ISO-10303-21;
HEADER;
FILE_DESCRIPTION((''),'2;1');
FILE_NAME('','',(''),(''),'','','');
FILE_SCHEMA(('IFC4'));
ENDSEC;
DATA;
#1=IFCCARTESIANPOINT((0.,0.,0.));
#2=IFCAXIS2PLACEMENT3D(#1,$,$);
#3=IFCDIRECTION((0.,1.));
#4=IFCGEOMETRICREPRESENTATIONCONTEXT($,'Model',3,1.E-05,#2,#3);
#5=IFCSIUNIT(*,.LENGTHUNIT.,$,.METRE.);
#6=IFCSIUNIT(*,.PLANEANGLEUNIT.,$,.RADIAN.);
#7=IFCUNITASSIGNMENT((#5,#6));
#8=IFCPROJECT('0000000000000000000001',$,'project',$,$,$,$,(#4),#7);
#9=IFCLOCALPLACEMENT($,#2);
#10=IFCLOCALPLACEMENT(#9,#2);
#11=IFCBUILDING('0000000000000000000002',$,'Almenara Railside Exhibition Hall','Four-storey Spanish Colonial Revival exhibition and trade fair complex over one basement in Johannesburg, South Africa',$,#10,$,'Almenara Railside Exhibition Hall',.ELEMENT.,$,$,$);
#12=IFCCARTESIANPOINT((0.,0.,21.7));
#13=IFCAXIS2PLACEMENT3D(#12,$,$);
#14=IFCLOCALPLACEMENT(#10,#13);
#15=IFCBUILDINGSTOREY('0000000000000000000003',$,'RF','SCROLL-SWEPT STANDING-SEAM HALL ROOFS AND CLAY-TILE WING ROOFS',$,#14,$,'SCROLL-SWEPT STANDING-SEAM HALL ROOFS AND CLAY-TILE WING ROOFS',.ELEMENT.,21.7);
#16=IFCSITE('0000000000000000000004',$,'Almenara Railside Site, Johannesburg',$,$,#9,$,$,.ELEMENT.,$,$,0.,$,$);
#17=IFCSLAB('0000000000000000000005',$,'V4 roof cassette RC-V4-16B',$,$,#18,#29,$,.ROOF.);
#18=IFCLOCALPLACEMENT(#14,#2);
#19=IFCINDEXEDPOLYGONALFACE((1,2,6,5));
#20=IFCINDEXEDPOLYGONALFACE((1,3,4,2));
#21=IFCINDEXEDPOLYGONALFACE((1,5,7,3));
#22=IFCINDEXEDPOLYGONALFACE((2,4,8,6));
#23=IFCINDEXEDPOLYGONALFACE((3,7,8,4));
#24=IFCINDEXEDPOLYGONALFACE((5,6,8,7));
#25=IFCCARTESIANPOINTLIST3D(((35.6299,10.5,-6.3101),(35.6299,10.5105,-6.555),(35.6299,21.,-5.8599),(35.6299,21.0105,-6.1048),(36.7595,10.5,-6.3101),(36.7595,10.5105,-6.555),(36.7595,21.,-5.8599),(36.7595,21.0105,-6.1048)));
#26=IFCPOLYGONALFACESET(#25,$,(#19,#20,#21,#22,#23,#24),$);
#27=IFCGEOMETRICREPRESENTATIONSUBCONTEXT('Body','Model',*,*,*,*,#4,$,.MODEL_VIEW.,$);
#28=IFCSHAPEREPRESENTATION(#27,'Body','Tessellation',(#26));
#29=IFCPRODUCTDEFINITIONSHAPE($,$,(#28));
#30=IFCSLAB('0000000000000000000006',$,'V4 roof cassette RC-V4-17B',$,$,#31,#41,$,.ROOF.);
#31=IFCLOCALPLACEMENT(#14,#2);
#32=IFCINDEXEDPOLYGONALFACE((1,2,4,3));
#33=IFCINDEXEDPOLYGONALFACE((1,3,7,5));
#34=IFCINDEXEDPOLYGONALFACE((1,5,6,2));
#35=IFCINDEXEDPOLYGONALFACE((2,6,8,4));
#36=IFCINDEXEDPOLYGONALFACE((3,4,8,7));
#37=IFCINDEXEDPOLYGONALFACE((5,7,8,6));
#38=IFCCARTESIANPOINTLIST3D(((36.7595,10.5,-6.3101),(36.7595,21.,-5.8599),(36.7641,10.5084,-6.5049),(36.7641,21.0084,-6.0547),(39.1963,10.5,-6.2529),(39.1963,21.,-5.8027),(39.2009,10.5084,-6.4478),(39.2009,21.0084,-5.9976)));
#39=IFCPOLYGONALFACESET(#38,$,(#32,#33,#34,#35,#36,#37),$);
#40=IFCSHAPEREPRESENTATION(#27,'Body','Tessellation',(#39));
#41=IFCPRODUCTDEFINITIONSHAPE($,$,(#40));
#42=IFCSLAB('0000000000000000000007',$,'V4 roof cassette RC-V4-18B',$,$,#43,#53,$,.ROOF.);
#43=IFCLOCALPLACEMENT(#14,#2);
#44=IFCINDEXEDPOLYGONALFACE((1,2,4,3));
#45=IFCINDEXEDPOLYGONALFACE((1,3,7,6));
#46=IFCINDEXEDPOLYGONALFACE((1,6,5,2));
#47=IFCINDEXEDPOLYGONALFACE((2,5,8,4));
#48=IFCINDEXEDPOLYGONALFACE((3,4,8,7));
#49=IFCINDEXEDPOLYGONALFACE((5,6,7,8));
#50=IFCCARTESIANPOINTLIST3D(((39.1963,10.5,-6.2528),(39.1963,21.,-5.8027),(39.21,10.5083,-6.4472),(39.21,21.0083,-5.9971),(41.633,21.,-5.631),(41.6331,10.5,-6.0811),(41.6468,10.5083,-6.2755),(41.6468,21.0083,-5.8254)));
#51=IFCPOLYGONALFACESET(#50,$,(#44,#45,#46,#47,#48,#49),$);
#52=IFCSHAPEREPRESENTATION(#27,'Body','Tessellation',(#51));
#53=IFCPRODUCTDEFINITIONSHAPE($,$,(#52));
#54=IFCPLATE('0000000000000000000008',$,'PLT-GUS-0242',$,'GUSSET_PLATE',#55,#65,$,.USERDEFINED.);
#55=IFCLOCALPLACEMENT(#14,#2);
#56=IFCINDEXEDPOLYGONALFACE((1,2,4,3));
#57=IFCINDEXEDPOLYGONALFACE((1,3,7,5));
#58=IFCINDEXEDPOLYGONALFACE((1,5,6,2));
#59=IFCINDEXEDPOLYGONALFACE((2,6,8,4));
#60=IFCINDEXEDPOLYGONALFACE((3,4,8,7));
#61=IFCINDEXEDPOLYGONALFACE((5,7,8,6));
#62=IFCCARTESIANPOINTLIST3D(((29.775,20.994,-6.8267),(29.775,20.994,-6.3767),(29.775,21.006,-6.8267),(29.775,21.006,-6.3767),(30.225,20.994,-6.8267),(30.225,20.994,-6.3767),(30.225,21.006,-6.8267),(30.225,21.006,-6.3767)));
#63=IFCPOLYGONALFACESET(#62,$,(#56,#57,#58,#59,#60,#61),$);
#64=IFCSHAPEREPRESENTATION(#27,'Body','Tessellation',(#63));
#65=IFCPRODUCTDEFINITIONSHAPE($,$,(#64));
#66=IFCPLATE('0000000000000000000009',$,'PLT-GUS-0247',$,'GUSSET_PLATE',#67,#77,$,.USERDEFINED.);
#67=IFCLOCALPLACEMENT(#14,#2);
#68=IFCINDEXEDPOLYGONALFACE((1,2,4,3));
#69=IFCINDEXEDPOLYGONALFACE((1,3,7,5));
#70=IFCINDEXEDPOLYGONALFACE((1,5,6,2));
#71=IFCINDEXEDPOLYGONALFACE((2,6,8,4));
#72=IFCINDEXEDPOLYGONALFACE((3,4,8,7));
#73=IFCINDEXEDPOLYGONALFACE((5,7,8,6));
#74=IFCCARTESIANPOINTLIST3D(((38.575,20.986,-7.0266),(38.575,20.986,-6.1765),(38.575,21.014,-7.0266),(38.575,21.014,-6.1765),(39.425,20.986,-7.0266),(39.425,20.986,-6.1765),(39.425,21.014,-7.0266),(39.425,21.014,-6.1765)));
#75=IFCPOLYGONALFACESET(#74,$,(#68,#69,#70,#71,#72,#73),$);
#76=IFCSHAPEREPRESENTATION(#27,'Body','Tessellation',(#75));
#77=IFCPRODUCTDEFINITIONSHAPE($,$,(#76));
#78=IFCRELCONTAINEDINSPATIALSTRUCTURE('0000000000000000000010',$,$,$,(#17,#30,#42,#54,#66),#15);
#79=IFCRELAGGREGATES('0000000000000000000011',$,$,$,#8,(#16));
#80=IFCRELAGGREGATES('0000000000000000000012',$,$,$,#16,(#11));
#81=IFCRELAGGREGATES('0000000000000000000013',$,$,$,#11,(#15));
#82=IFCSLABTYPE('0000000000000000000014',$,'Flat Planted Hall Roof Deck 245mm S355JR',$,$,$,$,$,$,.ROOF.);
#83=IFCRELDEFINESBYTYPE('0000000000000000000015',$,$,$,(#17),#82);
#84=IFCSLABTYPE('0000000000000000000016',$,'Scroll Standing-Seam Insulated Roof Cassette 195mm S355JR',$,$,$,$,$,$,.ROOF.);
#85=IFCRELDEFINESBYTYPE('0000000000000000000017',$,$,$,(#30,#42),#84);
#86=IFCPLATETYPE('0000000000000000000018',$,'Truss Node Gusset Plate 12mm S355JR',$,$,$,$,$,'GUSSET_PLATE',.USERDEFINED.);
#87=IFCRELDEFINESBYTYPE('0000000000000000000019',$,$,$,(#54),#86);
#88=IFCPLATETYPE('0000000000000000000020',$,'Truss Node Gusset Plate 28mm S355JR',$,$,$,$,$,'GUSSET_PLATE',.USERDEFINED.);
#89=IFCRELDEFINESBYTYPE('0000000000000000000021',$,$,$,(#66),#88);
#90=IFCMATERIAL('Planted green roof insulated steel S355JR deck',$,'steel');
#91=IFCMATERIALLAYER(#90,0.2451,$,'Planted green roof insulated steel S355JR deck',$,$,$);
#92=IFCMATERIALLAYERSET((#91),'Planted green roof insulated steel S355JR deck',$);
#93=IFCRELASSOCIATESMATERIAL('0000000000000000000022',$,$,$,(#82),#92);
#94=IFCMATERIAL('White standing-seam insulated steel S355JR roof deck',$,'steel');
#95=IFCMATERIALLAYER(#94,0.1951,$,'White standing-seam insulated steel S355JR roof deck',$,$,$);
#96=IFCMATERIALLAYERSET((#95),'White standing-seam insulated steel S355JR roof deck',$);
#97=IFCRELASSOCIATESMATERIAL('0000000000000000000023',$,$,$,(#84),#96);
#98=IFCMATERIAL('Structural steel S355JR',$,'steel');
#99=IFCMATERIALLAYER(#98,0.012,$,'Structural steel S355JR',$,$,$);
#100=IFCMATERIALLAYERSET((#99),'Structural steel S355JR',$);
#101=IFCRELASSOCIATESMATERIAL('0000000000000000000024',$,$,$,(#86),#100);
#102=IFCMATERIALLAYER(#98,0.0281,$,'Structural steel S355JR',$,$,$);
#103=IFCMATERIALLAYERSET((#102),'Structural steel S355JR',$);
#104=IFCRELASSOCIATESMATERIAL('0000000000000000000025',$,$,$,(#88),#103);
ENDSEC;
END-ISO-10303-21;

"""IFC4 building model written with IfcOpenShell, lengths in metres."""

from ifc_helpers import new_model, si_unit, direction, frame, origin, origin_2d, place, context, subcontext, project, spatial, polyline, rectangle, outline, extrude, material, layer, layer_set, type_object, element, save


model = new_model("IFC4")

# Units and contexts
model_context = context("Model", 3, precision=1e-05, world=origin(), true_north=direction((0.0, 1.0)))
body_context = subcontext(model_context, "Body", "Model", "MODEL_VIEW")
ifc_project = project(units=[si_unit("LENGTHUNIT", "METRE"), si_unit("PLANEANGLEUNIT", "RADIAN")], contexts=[model_context])

# Site, building, storey
site_placement = place(None, origin())
site = spatial("IfcSite", under=ifc_project, at=site_placement, Name="Almenara Railside Site, Johannesburg", CompositionType="ELEMENT", RefElevation=0.0)
building_placement = place(site_placement, origin())
building = spatial("IfcBuilding", under=site, at=building_placement, Name="Almenara Railside Exhibition Hall", Description="Four-storey Spanish Colonial Revival exhibition and trade fair complex over one basement in Johannesburg, South Africa", LongName="Almenara Railside Exhibition Hall", CompositionType="ELEMENT")
storey_placement = place(building_placement, frame((0.0, 0.0, 21.7)))
storey = spatial("IfcBuildingStorey", under=building, at=storey_placement, Name="RF", Description="SCROLL-SWEPT STANDING-SEAM HALL ROOFS AND CLAY-TILE WING ROOFS", LongName="SCROLL-SWEPT STANDING-SEAM HALL ROOFS AND CLAY-TILE WING ROOFS", CompositionType="ELEMENT", Elevation=21.7)

# Shared definitions
ifc_material_1 = material(Name="Structural steel S355JR", Category="steel")

# Slabs
ifc_material_2 = material(Name="Planted green roof insulated steel S355JR deck", Category="steel")
ifc_layer_1 = layer(ifc_material_2, 0.2451, Name="Planted green roof insulated steel S355JR deck")
ifc_layer_set_1 = layer_set([ifc_layer_1], Name="Planted green roof insulated steel S355JR deck")
slab_type_1 = type_object("IfcSlabType", Name="Flat Planted Hall Roof Deck 245mm S355JR", PredefinedType="ROOF", material=ifc_layer_set_1)
slab_1_placement = place(storey_placement, frame((35.6299, 21.0, -5.8599), z_axis=(0.0, -0.042836, 0.999082), x_axis=(1.0, 0.0, 0.0)))
element("IfcSlab", 1, at=slab_1_placement, inside=storey, type_object=slab_type_1, Name="V4 roof cassette RC-V4-16B", PredefinedType="ROOF", context=body_context, shape_type="SweptSolid", body=[
    extrude(outline(polyline([(0.0, 0.0), (1.1296, 0.0), (1.1296, -10.5096), (0.0, -10.5096), (0.0, 0.0)])), origin(), (0.0, 0.0, -1.0), 0.2451),
])
ifc_material_3 = material(Name="White standing-seam insulated steel S355JR roof deck", Category="steel")
ifc_layer_2 = layer(ifc_material_3, 0.1951, Name="White standing-seam insulated steel S355JR roof deck")
ifc_layer_set_2 = layer_set([ifc_layer_2], Name="White standing-seam insulated steel S355JR roof deck")
slab_type_2 = type_object("IfcSlabType", Name="Scroll Standing-Seam Insulated Roof Cassette 195mm S355JR", PredefinedType="ROOF", material=ifc_layer_set_2)
slab_2_placement = place(storey_placement, frame((36.7595, 21.0, -5.8599), z_axis=(-0.023417, -0.042825, 0.998808), x_axis=(0.999725, 0.0, 0.023438)))
element("IfcSlab", 2, at=slab_2_placement, inside=storey, type_object=slab_type_2, Name="V4 roof cassette RC-V4-17B", PredefinedType="ROOF", context=body_context, shape_type="SweptSolid", body=[
    extrude(outline(polyline([(0.0, 0.0), (2.4374, 0.0), (2.4269, -10.5096), (-0.0106, -10.5096), (0.0, 0.0)])), origin(), (0.0, 0.0, -1.0), 0.1951),
])
slab_3_placement = place(storey_placement, frame((39.1963, 21.0, -5.8027), z_axis=(-0.070245, -0.042719, 0.996615), x_axis=(0.997525, -0.000002, 0.070309)))
element("IfcSlab", 3, at=slab_3_placement, inside=storey, type_object=slab_type_2, Name="V4 roof cassette RC-V4-18B", PredefinedType="ROOF", context=body_context, shape_type="SweptSolid", body=[
    extrude(outline(polyline([(0.0, 0.0), (2.4428, 0.0), (2.4112, -10.5096), (-0.0316, -10.5096), (0.0, 0.0)])), origin(), (0.0, 0.0, -1.0), 0.1951),
])

# Plates
ifc_layer_3 = layer(ifc_material_1, 0.012, Name="Structural steel S355JR")
ifc_layer_set_3 = layer_set([ifc_layer_3], Name="Structural steel S355JR")
plate_type_1 = type_object("IfcPlateType", Name="Truss Node Gusset Plate 12mm S355JR", ElementType="GUSSET_PLATE", PredefinedType="USERDEFINED", material=ifc_layer_set_3)
plate_1_placement = place(storey_placement, frame((30.0, 21.0, -6.8267), z_axis=(0.0, 0.0, 1.0), x_axis=(1.0, 0.0, 0.0)))
element("IfcPlate", 4, at=plate_1_placement, inside=storey, type_object=plate_type_1, Name="PLT-GUS-0242", ObjectType="GUSSET_PLATE", PredefinedType="USERDEFINED", context=body_context, shape_type="SweptSolid", body=[
    extrude(rectangle(XDim=0.45, YDim=0.012, at=origin_2d()), origin(), (0.0, 0.0, 1.0), 0.45),
])
ifc_layer_4 = layer(ifc_material_1, 0.0281, Name="Structural steel S355JR")
ifc_layer_set_4 = layer_set([ifc_layer_4], Name="Structural steel S355JR")
plate_type_2 = type_object("IfcPlateType", Name="Truss Node Gusset Plate 28mm S355JR", ElementType="GUSSET_PLATE", PredefinedType="USERDEFINED", material=ifc_layer_set_4)
plate_2_placement = place(storey_placement, frame((39.0, 21.0, -7.0266), z_axis=(0.0, 0.0, 1.0), x_axis=(1.0, 0.0, 0.0)))
element("IfcPlate", 5, at=plate_2_placement, inside=storey, type_object=plate_type_2, Name="PLT-GUS-0247", ObjectType="GUSSET_PLATE", PredefinedType="USERDEFINED", context=body_context, shape_type="SweptSolid", body=[
    extrude(rectangle(XDim=0.8501, YDim=0.0281, at=origin_2d()), origin(), (0.0, 0.0, 1.0), 0.8501),
])

save(model, "model.ifc")
